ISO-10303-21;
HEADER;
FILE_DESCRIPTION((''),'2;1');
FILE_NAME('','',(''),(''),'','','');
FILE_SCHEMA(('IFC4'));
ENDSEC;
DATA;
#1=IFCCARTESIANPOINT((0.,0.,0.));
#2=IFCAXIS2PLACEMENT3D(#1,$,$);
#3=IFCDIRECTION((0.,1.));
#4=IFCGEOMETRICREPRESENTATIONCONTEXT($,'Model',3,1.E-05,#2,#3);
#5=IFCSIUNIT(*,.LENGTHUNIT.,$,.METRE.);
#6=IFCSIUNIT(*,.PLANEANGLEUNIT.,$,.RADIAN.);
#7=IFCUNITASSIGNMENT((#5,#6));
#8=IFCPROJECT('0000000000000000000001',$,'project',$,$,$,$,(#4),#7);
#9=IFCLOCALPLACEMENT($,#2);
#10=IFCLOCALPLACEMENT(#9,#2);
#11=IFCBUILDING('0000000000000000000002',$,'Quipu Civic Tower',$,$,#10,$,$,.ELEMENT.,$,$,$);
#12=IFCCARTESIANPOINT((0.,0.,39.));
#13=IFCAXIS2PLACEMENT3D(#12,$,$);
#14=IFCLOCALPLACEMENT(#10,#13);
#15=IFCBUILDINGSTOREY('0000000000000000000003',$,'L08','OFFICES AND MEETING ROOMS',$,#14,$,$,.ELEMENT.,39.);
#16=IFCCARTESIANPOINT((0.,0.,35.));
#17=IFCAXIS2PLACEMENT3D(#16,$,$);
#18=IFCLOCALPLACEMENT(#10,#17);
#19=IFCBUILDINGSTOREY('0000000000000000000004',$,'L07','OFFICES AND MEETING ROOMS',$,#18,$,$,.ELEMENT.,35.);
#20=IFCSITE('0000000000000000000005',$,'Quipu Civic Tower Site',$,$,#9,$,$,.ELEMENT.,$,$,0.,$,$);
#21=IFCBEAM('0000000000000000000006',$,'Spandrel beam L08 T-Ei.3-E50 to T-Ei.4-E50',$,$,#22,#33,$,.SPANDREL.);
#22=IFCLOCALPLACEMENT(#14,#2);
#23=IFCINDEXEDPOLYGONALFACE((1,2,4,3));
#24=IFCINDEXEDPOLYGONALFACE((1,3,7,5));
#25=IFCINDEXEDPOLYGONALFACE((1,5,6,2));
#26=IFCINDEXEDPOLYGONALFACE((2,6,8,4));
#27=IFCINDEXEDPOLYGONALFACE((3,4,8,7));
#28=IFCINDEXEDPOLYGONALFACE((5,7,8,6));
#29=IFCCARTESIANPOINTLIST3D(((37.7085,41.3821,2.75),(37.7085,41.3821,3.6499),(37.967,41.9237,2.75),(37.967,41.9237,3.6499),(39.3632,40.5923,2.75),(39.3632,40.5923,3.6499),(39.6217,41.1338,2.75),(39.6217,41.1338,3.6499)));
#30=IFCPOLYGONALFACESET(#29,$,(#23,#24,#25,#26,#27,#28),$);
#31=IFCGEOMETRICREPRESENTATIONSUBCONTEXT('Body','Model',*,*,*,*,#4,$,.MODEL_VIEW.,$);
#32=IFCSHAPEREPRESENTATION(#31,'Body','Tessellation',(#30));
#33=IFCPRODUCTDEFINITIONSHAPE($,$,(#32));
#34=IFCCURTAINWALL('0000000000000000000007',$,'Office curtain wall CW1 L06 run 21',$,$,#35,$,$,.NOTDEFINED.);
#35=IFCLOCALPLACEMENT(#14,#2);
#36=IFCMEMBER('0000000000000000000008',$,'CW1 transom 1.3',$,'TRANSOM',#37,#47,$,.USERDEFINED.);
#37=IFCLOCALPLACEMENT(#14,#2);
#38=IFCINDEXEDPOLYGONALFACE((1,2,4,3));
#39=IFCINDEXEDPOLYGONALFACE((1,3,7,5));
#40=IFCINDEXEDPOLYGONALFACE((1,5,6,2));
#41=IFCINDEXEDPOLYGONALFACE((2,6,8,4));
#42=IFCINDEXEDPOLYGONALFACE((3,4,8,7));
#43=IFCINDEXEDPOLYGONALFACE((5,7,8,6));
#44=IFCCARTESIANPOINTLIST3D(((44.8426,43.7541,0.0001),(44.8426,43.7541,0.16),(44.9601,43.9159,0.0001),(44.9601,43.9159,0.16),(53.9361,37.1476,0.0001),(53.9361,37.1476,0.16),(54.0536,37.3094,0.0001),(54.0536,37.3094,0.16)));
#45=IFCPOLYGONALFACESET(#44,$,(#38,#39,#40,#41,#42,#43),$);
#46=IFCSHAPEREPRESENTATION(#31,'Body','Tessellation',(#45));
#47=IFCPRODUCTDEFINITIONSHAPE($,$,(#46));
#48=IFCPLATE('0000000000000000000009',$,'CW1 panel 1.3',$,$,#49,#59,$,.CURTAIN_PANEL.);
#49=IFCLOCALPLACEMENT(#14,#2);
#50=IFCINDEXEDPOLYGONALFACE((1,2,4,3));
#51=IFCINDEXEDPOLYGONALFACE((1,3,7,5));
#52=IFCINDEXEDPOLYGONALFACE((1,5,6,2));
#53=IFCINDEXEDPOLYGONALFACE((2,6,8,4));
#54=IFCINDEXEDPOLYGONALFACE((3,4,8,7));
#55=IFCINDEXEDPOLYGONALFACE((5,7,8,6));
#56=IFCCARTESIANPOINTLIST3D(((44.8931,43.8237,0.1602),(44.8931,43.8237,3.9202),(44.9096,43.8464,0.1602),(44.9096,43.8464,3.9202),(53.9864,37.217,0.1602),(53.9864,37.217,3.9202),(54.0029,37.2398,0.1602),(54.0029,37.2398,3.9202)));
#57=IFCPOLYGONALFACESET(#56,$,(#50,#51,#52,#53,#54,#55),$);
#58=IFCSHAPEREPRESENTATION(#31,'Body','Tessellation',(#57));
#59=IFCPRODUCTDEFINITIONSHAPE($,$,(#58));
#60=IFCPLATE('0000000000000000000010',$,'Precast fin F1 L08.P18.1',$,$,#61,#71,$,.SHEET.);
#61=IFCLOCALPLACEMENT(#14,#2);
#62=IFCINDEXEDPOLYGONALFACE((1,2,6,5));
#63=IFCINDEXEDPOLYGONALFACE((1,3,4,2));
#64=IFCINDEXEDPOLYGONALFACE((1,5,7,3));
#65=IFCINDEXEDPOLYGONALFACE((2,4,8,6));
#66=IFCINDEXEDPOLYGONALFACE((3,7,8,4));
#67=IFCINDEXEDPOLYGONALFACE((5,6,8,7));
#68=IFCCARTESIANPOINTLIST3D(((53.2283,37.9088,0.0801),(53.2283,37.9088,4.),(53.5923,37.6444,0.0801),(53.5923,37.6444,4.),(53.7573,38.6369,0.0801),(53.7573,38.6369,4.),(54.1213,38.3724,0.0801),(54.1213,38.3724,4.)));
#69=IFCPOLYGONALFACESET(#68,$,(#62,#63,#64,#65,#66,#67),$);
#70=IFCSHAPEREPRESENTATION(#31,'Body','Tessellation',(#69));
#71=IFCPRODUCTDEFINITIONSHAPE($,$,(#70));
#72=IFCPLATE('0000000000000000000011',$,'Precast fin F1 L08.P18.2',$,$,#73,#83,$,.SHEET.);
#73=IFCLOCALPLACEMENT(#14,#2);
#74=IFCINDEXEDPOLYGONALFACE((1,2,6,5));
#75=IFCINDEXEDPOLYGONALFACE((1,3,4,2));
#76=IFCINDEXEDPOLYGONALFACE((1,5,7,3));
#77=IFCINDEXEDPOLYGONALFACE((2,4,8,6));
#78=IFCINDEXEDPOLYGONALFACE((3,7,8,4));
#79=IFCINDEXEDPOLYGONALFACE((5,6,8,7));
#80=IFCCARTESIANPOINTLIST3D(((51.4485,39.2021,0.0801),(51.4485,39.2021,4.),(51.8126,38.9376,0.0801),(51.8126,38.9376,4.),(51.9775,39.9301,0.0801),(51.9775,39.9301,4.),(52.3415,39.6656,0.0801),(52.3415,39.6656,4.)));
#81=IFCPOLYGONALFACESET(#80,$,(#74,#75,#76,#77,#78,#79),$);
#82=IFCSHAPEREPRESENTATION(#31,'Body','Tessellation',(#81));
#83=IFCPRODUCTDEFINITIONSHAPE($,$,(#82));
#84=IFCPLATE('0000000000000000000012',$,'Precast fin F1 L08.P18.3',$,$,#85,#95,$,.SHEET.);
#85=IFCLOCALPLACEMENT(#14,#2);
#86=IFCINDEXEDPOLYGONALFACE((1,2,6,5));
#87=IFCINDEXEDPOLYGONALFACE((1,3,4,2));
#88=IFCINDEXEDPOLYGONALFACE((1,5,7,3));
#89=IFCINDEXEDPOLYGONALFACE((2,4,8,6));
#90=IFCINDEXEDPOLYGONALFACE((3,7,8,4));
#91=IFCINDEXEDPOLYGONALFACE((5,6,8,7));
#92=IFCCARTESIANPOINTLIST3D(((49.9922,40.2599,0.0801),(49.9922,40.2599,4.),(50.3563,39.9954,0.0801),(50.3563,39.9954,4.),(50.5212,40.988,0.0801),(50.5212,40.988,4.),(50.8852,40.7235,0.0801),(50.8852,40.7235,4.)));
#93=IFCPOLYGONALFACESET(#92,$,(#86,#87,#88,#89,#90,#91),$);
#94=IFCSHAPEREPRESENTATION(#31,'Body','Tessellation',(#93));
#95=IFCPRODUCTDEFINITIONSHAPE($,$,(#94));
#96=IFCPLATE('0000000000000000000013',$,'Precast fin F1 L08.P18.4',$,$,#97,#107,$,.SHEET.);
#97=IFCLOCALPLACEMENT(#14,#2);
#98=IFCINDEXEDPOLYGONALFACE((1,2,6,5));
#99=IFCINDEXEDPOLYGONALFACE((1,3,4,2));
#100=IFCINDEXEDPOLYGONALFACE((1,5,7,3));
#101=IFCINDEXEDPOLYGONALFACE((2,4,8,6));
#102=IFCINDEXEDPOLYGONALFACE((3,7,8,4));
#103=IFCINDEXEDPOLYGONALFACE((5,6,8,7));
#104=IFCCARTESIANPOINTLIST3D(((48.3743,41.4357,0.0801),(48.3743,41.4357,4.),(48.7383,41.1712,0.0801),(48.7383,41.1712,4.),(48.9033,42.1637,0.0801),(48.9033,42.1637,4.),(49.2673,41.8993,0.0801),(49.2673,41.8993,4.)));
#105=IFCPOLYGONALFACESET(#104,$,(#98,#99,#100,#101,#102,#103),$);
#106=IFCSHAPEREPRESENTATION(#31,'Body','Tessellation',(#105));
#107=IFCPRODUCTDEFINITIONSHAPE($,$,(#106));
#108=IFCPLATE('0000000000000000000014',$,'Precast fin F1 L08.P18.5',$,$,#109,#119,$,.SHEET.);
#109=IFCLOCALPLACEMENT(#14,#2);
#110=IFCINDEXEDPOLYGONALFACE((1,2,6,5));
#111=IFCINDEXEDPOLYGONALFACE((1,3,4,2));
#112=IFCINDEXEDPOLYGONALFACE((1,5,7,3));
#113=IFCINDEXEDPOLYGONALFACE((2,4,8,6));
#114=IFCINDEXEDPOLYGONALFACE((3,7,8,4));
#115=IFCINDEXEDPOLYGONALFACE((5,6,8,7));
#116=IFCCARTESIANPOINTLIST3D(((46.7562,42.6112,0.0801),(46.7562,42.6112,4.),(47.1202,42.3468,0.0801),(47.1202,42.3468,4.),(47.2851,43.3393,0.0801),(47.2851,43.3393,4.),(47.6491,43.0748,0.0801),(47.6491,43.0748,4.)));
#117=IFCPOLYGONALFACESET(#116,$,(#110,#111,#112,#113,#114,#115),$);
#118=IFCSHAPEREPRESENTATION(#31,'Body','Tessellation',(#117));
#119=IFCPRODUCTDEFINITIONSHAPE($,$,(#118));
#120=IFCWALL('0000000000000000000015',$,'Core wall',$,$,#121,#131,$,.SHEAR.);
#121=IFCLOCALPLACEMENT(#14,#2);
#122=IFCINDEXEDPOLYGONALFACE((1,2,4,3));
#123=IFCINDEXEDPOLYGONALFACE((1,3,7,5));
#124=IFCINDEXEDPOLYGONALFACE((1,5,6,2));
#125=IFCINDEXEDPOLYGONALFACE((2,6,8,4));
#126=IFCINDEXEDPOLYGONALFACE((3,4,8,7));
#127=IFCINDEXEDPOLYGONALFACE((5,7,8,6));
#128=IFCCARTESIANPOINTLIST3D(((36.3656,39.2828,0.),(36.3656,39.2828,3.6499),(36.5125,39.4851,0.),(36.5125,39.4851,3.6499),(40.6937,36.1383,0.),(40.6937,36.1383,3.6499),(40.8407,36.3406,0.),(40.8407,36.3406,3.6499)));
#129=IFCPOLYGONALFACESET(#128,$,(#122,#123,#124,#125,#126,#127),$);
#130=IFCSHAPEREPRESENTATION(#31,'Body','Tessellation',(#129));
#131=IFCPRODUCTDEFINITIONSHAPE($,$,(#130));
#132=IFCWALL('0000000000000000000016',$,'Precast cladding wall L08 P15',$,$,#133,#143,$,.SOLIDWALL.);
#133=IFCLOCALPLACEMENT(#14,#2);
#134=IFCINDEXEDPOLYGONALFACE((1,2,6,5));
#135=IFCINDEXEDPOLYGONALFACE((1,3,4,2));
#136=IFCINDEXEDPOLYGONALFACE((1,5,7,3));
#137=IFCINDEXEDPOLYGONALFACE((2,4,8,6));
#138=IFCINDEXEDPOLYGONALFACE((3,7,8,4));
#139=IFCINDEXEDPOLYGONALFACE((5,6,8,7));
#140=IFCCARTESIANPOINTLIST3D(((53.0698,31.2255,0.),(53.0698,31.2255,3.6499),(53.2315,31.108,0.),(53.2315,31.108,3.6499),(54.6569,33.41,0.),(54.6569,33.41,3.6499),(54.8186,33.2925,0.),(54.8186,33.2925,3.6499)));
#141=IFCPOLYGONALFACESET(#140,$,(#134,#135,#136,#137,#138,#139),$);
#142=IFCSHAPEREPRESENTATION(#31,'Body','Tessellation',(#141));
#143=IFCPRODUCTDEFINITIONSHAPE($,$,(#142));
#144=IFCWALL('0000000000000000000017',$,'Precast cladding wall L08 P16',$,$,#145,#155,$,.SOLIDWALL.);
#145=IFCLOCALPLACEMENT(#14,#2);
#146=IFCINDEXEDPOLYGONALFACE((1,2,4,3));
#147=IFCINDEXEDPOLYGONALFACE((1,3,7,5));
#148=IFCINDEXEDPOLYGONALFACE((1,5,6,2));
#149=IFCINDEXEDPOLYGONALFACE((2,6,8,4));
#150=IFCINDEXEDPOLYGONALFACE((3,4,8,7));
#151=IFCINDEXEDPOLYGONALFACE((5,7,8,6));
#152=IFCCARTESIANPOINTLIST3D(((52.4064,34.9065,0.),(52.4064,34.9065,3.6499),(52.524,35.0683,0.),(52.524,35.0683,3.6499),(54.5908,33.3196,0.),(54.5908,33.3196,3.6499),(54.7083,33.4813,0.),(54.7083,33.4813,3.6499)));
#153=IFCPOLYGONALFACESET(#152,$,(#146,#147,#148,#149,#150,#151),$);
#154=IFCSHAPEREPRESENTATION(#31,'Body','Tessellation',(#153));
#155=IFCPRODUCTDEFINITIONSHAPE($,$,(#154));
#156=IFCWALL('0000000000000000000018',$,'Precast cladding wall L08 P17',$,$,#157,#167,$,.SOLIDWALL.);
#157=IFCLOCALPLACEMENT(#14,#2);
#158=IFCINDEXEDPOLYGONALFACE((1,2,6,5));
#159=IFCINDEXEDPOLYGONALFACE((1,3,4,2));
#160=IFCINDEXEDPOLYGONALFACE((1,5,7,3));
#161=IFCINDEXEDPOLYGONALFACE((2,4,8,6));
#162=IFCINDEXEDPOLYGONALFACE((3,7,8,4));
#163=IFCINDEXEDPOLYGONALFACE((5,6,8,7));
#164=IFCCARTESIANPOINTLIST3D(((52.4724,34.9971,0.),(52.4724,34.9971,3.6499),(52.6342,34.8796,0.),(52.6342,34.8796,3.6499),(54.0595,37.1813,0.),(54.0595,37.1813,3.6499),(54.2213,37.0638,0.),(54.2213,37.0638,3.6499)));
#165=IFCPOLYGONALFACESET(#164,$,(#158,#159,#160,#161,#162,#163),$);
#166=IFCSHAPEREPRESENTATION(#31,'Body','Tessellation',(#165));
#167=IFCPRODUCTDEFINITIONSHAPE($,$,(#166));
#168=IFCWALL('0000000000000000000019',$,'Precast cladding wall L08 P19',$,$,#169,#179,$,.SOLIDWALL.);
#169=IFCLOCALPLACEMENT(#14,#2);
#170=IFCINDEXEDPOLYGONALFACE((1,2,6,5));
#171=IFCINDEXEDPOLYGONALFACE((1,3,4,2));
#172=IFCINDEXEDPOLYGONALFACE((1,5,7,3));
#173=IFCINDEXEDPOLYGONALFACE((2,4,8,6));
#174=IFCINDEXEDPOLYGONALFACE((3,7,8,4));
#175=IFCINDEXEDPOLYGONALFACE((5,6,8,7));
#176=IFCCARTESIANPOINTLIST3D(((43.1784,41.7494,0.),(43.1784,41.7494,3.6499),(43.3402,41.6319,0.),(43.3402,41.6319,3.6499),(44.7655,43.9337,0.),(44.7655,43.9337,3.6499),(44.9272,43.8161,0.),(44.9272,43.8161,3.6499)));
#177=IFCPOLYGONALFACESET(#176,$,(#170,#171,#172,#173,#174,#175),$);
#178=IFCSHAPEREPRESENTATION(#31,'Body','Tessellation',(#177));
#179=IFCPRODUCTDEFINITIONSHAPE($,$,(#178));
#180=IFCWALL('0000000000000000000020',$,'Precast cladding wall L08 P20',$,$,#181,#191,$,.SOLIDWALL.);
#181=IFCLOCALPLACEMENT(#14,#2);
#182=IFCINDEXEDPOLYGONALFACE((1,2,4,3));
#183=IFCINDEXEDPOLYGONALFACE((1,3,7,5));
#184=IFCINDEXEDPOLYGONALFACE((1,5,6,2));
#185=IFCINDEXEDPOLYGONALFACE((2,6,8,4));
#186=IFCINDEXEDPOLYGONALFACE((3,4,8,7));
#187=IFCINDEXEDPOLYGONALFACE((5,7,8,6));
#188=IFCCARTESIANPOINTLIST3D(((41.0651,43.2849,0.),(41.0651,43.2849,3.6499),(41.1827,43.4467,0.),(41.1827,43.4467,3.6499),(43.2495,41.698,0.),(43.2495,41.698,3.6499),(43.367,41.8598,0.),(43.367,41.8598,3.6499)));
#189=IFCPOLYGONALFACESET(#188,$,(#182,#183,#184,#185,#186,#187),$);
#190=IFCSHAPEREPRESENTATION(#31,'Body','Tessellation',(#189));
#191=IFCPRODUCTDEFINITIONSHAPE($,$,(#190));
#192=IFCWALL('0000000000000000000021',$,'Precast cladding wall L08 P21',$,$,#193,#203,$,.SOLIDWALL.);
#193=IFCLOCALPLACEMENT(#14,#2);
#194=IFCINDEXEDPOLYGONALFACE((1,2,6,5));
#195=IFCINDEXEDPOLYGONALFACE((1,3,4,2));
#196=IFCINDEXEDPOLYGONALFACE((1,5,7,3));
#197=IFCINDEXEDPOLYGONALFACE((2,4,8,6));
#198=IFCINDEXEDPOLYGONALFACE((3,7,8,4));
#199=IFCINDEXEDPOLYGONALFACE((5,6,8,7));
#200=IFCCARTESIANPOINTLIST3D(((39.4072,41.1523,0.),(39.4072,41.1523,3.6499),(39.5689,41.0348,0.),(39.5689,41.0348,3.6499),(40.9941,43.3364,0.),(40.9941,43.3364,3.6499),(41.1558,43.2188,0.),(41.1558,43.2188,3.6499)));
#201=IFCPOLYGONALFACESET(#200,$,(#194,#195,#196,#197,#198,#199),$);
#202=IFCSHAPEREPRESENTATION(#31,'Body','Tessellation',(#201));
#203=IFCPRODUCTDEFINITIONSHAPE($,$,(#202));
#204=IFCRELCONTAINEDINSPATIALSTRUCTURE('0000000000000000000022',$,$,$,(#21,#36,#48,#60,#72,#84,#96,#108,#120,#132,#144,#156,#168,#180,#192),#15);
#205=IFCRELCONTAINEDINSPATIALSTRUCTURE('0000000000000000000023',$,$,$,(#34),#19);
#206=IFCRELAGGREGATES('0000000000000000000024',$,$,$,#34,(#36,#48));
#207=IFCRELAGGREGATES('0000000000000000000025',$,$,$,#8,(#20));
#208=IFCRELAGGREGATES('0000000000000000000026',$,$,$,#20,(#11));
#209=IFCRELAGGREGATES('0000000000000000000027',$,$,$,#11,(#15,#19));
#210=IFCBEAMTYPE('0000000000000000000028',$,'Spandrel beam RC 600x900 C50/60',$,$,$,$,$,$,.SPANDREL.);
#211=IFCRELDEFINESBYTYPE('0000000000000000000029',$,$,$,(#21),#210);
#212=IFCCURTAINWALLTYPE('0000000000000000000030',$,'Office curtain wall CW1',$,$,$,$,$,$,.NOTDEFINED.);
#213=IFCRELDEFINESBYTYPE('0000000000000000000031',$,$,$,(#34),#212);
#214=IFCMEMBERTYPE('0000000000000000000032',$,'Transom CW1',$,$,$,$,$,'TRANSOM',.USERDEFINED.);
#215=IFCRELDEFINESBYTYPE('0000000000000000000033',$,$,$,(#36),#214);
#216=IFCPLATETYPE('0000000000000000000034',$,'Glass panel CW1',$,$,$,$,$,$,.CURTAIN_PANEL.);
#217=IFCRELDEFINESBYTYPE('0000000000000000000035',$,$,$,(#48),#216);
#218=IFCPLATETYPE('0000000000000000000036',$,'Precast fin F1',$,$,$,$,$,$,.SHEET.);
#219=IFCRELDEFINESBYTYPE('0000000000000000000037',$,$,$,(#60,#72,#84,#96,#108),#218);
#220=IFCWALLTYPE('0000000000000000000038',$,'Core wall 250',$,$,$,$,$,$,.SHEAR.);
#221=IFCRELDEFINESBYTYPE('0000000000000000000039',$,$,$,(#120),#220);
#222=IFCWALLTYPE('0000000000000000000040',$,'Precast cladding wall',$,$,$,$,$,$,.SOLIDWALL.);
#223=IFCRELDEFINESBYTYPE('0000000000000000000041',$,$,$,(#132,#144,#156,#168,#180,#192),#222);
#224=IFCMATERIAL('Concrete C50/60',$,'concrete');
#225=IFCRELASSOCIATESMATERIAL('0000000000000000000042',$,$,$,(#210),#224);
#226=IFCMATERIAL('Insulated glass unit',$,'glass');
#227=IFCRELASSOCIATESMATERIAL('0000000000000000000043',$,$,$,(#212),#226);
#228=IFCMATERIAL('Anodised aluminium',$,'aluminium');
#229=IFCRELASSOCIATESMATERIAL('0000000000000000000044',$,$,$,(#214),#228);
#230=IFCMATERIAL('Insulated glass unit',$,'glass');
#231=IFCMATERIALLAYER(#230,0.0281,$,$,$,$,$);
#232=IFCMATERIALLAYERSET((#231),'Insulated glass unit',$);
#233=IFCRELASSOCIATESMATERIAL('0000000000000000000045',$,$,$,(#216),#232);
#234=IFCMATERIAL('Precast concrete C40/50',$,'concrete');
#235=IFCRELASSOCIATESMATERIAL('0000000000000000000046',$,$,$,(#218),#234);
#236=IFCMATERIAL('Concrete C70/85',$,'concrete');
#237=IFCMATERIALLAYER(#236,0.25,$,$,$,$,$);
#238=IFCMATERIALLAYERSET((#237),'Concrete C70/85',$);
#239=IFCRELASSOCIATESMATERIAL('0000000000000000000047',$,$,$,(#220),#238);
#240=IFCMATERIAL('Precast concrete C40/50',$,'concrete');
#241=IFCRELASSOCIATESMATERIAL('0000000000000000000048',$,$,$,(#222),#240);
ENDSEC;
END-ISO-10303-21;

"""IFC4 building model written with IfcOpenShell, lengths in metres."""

from ifc_helpers import new_model, si_unit, direction, frame, frame_2d, origin, origin_2d, place, context, subcontext, project, spatial, rectangle, extrude, material, layer, layer_set, material_profile, profile_set, type_object, element, aggregate, save


model = new_model("IFC4")

# Units and contexts
model_context = context("Model", 3, precision=1e-05, world=origin(), true_north=direction((0.0, 1.0)))
body_context = subcontext(model_context, "Body", "Model", "MODEL_VIEW")
ifc_project = project(units=[si_unit("LENGTHUNIT", "METRE"), si_unit("PLANEANGLEUNIT", "RADIAN")], contexts=[model_context])

# Site, building, storey
site_placement = place(None, origin())
site = spatial("IfcSite", under=ifc_project, at=site_placement, Name="Quipu Civic Tower Site", CompositionType="ELEMENT", RefElevation=0.0)
building_placement = place(site_placement, origin())
building = spatial("IfcBuilding", under=site, at=building_placement, Name="Quipu Civic Tower", CompositionType="ELEMENT")
storey_1_placement = place(building_placement, frame((0.0, 0.0, 39.0)))
storey_1 = spatial("IfcBuildingStorey", under=building, at=storey_1_placement, Name="L08", Description="OFFICES AND MEETING ROOMS", CompositionType="ELEMENT", Elevation=39.0)

# Beam
ifc_material_1 = material(Name="Concrete C50/60", Category="concrete")
ifc_material_profile_1 = material_profile(ifc_material_1, rectangle(XDim=0.6001, YDim=0.8999, at=origin_2d()), Name="RC600x900")
ifc_profile_set_1 = profile_set([ifc_material_profile_1], Name="Concrete C50/60")
beam_type = type_object("IfcBeamType", Name="Spandrel beam RC 600x900 C50/60", PredefinedType="SPANDREL", material=ifc_profile_set_1)
beam_1_placement = place(storey_1_placement, frame((39.4924, 40.863, 3.2), z_axis=(-0.902454, 0.430786, 0.0), x_axis=(-0.430786, -0.902454, 0.0)))
element("IfcBeam", 1, at=beam_1_placement, inside=storey_1, type_object=beam_type, Name="Spandrel beam L08 T-Ei.3-E50 to T-Ei.4-E50", PredefinedType="SPANDREL", context=body_context, shape_type="SweptSolid", body=[
    extrude(rectangle(XDim=0.6001, YDim=0.8999, at=origin_2d()), origin(), (0.0, 0.0, 1.0), 1.8335),
])

# Shared definitions
storey_2_placement = place(building_placement, frame((0.0, 0.0, 35.0)))
storey_2 = spatial("IfcBuildingStorey", under=building, at=storey_2_placement, Name="L07", Description="OFFICES AND MEETING ROOMS", CompositionType="ELEMENT", Elevation=35.0)

# Curtain wall, member, plate
ifc_material_2 = material(Name="Insulated glass unit", Category="glass")
curtain_wall_type = type_object("IfcCurtainWallType", Name="Office curtain wall CW1", PredefinedType="NOTDEFINED", material=ifc_material_2)
curtain_wall_placement = place(storey_2_placement, origin())
curtain_wall = element("IfcCurtainWall", 2, at=curtain_wall_placement, inside=storey_2, type_object=curtain_wall_type, Name="Office curtain wall CW1 L06 run 21", PredefinedType="NOTDEFINED")
ifc_material_3 = material(Name="Anodised aluminium", Category="aluminium")
ifc_material_profile_2 = material_profile(ifc_material_3, rectangle(XDim=0.2, YDim=0.1599, at=origin_2d()), Name="RECT 200x160")
ifc_profile_set_2 = profile_set([ifc_material_profile_2], Name="Anodised aluminium")
member_type = type_object("IfcMemberType", Name="Transom CW1", ElementType="TRANSOM", PredefinedType="USERDEFINED", material=ifc_profile_set_2)
member_placement = place(storey_1_placement, frame((53.9949, 37.2285, 0.0801), z_axis=(-0.809033, 0.587764, 0.0), x_axis=(-0.587764, -0.809033, 0.0)))
member = element("IfcMember", 3, at=member_placement, inside=storey_1, type_object=member_type, Name="CW1 transom 1.3", ObjectType="TRANSOM", PredefinedType="USERDEFINED", context=body_context, shape_type="SweptSolid", body=[
    extrude(rectangle(XDim=0.2, YDim=0.1599, at=origin_2d()), origin(), (0.0, 0.0, 1.0), 11.24),
])
ifc_material_4 = material(Name="Insulated glass unit", Category="glass")
ifc_layer_1 = layer(ifc_material_4, 0.0281)
ifc_layer_set_1 = layer_set([ifc_layer_1], Name="Insulated glass unit")
plate_type_1 = type_object("IfcPlateType", Name="Glass panel CW1", PredefinedType="CURTAIN_PANEL", material=ifc_layer_set_1)
plate_placement = place(storey_1_placement, frame((49.448, 40.5317, 0.1602), z_axis=(0.0, 0.0, 1.0), x_axis=(-0.809019, 0.587782, 0.0)))
plate = element("IfcPlate", 4, at=plate_placement, inside=storey_1, type_object=plate_type_1, Name="CW1 panel 1.3", PredefinedType="CURTAIN_PANEL", context=body_context, shape_type="SweptSolid", body=[
    extrude(rectangle(XDim=11.24, YDim=0.0281, at=origin_2d()), origin(), (0.0, 0.0, 1.0), 3.76),
])
aggregate(curtain_wall, [member, plate])

# Plates
ifc_material_5 = material(Name="Precast concrete C40/50", Category="concrete")
plate_type_2 = type_object("IfcPlateType", Name="Precast fin F1", PredefinedType="SHEET", material=ifc_material_5)
for number, where, z_axis, x_axis, name in (
    (5, (53.6748, 38.1406, 0.0801), (0.0, 0.0, 1.0), (-0.809021, 0.587779, 0.0), "Precast fin F1 L08.P18.1"),
    (6, (51.895, 39.4338, 0.0801), (0.0, 0.0, 1.0), (-0.809021, 0.587779, 0.0), "Precast fin F1 L08.P18.2"),
    (7, (50.4387, 40.4917, 0.0801), (0.0, 0.0, 1.0), (-0.809021, 0.587779, 0.0), "Precast fin F1 L08.P18.3"),
    (8, (48.8208, 41.6675, 0.0801), (0.0, 0.0, 1.0), (-0.809021, 0.587779, 0.0), "Precast fin F1 L08.P18.4"),
    (9, (47.2026, 42.843, 0.0801), (0.0, 0.0, 1.0), (-0.809021, 0.587779, 0.0), "Precast fin F1 L08.P18.5"),
):
    element("IfcPlate", number, at=place(storey_1_placement, frame(where, z_axis=z_axis, x_axis=x_axis)), inside=storey_1, type_object=plate_type_2, Name=name, PredefinedType="SHEET", context=body_context, shape_type="SweptSolid", body=[
        extrude(rectangle(XDim=0.45, YDim=0.8999, at=origin_2d()), origin(), (0.0, 0.0, 1.0), 3.9199),
    ])

# Walls
ifc_material_6 = material(Name="Concrete C70/85", Category="concrete")
ifc_layer_2 = layer(ifc_material_6, 0.25)
ifc_layer_set_2 = layer_set([ifc_layer_2], Name="Concrete C70/85")
wall_type_1 = type_object("IfcWallType", Name="Core wall 250", PredefinedType="SHEAR", material=ifc_layer_set_2)
wall_1_placement = place(storey_1_placement, frame((40.7671, 36.2395, 0.0), z_axis=(0.0, 0.0, 1.0), x_axis=(-0.80902, 0.587781, 0.0)))
element("IfcWall", 10, at=wall_1_placement, inside=storey_1, type_object=wall_type_1, Name="Core wall", PredefinedType="SHEAR", context=body_context, shape_type="SweptSolid", body=[
    extrude(rectangle(XDim=5.3499, YDim=0.25, at=frame_2d((2.6748, 0.0))), origin(), (0.0, 0.0, 1.0), 3.6499),
])
ifc_material_7 = material(Name="Precast concrete C40/50", Category="concrete")
wall_type_2 = type_object("IfcWallType", Name="Precast cladding wall", PredefinedType="SOLIDWALL", material=ifc_material_7)
wall_2_placement = place(storey_1_placement, frame((53.1506, 31.1667, 0.0), z_axis=(0.0, 0.0, 1.0), x_axis=(0.587779, 0.809021, 0.0)))
element("IfcWall", 11, at=wall_2_placement, inside=storey_1, type_object=wall_type_2, Name="Precast cladding wall L08 P15", PredefinedType="SOLIDWALL", context=body_context, shape_type="SweptSolid", body=[
    extrude(rectangle(XDim=2.7002, YDim=0.2, at=frame_2d((1.3501, 0.0))), origin(), (0.0, 0.0, 1.0), 3.6499),
])
for number, where, z_axis, x_axis, name in (
    (12, (54.6497, 33.4004, 0.0), (0.0, 0.0, 1.0), (-0.809033, 0.587763, 0.0), "Precast cladding wall L08 P16"),
    (13, (52.5532, 34.9382, 0.0), (0.0, 0.0, 1.0), (0.587822, 0.80899, 0.0), "Precast cladding wall L08 P17"),
    (14, (44.8464, 43.875, 0.0), (0.0, 0.0, 1.0), (-0.587822, -0.80899, 0.0), "Precast cladding wall L08 P19"),
    (15, (43.3083, 41.7788, 0.0), (0.0, 0.0, 1.0), (-0.809033, 0.587763, 0.0), "Precast cladding wall L08 P20"),
):
    element("IfcWall", number, at=place(storey_1_placement, frame(where, z_axis=z_axis, x_axis=x_axis)), inside=storey_1, type_object=wall_type_2, Name=name, PredefinedType="SOLIDWALL", context=body_context, shape_type="SweptSolid", body=[
        extrude(rectangle(XDim=2.7, YDim=0.2, at=frame_2d((1.3501, 0.0))), origin(), (0.0, 0.0, 1.0), 3.6499),
    ])
wall_3_placement = place(storey_1_placement, frame((41.075, 43.2776, 0.0), z_axis=(0.0, 0.0, 1.0), x_axis=(-0.587806, -0.809002, 0.0)))
element("IfcWall", 16, at=wall_3_placement, inside=storey_1, type_object=wall_type_2, Name="Precast cladding wall L08 P21", PredefinedType="SOLIDWALL", context=body_context, shape_type="SweptSolid", body=[
    extrude(rectangle(XDim=2.6997, YDim=0.2, at=frame_2d((1.3499, 0.0))), origin(), (0.0, 0.0, 1.0), 3.6499),
])

save(model, "model.ifc")
